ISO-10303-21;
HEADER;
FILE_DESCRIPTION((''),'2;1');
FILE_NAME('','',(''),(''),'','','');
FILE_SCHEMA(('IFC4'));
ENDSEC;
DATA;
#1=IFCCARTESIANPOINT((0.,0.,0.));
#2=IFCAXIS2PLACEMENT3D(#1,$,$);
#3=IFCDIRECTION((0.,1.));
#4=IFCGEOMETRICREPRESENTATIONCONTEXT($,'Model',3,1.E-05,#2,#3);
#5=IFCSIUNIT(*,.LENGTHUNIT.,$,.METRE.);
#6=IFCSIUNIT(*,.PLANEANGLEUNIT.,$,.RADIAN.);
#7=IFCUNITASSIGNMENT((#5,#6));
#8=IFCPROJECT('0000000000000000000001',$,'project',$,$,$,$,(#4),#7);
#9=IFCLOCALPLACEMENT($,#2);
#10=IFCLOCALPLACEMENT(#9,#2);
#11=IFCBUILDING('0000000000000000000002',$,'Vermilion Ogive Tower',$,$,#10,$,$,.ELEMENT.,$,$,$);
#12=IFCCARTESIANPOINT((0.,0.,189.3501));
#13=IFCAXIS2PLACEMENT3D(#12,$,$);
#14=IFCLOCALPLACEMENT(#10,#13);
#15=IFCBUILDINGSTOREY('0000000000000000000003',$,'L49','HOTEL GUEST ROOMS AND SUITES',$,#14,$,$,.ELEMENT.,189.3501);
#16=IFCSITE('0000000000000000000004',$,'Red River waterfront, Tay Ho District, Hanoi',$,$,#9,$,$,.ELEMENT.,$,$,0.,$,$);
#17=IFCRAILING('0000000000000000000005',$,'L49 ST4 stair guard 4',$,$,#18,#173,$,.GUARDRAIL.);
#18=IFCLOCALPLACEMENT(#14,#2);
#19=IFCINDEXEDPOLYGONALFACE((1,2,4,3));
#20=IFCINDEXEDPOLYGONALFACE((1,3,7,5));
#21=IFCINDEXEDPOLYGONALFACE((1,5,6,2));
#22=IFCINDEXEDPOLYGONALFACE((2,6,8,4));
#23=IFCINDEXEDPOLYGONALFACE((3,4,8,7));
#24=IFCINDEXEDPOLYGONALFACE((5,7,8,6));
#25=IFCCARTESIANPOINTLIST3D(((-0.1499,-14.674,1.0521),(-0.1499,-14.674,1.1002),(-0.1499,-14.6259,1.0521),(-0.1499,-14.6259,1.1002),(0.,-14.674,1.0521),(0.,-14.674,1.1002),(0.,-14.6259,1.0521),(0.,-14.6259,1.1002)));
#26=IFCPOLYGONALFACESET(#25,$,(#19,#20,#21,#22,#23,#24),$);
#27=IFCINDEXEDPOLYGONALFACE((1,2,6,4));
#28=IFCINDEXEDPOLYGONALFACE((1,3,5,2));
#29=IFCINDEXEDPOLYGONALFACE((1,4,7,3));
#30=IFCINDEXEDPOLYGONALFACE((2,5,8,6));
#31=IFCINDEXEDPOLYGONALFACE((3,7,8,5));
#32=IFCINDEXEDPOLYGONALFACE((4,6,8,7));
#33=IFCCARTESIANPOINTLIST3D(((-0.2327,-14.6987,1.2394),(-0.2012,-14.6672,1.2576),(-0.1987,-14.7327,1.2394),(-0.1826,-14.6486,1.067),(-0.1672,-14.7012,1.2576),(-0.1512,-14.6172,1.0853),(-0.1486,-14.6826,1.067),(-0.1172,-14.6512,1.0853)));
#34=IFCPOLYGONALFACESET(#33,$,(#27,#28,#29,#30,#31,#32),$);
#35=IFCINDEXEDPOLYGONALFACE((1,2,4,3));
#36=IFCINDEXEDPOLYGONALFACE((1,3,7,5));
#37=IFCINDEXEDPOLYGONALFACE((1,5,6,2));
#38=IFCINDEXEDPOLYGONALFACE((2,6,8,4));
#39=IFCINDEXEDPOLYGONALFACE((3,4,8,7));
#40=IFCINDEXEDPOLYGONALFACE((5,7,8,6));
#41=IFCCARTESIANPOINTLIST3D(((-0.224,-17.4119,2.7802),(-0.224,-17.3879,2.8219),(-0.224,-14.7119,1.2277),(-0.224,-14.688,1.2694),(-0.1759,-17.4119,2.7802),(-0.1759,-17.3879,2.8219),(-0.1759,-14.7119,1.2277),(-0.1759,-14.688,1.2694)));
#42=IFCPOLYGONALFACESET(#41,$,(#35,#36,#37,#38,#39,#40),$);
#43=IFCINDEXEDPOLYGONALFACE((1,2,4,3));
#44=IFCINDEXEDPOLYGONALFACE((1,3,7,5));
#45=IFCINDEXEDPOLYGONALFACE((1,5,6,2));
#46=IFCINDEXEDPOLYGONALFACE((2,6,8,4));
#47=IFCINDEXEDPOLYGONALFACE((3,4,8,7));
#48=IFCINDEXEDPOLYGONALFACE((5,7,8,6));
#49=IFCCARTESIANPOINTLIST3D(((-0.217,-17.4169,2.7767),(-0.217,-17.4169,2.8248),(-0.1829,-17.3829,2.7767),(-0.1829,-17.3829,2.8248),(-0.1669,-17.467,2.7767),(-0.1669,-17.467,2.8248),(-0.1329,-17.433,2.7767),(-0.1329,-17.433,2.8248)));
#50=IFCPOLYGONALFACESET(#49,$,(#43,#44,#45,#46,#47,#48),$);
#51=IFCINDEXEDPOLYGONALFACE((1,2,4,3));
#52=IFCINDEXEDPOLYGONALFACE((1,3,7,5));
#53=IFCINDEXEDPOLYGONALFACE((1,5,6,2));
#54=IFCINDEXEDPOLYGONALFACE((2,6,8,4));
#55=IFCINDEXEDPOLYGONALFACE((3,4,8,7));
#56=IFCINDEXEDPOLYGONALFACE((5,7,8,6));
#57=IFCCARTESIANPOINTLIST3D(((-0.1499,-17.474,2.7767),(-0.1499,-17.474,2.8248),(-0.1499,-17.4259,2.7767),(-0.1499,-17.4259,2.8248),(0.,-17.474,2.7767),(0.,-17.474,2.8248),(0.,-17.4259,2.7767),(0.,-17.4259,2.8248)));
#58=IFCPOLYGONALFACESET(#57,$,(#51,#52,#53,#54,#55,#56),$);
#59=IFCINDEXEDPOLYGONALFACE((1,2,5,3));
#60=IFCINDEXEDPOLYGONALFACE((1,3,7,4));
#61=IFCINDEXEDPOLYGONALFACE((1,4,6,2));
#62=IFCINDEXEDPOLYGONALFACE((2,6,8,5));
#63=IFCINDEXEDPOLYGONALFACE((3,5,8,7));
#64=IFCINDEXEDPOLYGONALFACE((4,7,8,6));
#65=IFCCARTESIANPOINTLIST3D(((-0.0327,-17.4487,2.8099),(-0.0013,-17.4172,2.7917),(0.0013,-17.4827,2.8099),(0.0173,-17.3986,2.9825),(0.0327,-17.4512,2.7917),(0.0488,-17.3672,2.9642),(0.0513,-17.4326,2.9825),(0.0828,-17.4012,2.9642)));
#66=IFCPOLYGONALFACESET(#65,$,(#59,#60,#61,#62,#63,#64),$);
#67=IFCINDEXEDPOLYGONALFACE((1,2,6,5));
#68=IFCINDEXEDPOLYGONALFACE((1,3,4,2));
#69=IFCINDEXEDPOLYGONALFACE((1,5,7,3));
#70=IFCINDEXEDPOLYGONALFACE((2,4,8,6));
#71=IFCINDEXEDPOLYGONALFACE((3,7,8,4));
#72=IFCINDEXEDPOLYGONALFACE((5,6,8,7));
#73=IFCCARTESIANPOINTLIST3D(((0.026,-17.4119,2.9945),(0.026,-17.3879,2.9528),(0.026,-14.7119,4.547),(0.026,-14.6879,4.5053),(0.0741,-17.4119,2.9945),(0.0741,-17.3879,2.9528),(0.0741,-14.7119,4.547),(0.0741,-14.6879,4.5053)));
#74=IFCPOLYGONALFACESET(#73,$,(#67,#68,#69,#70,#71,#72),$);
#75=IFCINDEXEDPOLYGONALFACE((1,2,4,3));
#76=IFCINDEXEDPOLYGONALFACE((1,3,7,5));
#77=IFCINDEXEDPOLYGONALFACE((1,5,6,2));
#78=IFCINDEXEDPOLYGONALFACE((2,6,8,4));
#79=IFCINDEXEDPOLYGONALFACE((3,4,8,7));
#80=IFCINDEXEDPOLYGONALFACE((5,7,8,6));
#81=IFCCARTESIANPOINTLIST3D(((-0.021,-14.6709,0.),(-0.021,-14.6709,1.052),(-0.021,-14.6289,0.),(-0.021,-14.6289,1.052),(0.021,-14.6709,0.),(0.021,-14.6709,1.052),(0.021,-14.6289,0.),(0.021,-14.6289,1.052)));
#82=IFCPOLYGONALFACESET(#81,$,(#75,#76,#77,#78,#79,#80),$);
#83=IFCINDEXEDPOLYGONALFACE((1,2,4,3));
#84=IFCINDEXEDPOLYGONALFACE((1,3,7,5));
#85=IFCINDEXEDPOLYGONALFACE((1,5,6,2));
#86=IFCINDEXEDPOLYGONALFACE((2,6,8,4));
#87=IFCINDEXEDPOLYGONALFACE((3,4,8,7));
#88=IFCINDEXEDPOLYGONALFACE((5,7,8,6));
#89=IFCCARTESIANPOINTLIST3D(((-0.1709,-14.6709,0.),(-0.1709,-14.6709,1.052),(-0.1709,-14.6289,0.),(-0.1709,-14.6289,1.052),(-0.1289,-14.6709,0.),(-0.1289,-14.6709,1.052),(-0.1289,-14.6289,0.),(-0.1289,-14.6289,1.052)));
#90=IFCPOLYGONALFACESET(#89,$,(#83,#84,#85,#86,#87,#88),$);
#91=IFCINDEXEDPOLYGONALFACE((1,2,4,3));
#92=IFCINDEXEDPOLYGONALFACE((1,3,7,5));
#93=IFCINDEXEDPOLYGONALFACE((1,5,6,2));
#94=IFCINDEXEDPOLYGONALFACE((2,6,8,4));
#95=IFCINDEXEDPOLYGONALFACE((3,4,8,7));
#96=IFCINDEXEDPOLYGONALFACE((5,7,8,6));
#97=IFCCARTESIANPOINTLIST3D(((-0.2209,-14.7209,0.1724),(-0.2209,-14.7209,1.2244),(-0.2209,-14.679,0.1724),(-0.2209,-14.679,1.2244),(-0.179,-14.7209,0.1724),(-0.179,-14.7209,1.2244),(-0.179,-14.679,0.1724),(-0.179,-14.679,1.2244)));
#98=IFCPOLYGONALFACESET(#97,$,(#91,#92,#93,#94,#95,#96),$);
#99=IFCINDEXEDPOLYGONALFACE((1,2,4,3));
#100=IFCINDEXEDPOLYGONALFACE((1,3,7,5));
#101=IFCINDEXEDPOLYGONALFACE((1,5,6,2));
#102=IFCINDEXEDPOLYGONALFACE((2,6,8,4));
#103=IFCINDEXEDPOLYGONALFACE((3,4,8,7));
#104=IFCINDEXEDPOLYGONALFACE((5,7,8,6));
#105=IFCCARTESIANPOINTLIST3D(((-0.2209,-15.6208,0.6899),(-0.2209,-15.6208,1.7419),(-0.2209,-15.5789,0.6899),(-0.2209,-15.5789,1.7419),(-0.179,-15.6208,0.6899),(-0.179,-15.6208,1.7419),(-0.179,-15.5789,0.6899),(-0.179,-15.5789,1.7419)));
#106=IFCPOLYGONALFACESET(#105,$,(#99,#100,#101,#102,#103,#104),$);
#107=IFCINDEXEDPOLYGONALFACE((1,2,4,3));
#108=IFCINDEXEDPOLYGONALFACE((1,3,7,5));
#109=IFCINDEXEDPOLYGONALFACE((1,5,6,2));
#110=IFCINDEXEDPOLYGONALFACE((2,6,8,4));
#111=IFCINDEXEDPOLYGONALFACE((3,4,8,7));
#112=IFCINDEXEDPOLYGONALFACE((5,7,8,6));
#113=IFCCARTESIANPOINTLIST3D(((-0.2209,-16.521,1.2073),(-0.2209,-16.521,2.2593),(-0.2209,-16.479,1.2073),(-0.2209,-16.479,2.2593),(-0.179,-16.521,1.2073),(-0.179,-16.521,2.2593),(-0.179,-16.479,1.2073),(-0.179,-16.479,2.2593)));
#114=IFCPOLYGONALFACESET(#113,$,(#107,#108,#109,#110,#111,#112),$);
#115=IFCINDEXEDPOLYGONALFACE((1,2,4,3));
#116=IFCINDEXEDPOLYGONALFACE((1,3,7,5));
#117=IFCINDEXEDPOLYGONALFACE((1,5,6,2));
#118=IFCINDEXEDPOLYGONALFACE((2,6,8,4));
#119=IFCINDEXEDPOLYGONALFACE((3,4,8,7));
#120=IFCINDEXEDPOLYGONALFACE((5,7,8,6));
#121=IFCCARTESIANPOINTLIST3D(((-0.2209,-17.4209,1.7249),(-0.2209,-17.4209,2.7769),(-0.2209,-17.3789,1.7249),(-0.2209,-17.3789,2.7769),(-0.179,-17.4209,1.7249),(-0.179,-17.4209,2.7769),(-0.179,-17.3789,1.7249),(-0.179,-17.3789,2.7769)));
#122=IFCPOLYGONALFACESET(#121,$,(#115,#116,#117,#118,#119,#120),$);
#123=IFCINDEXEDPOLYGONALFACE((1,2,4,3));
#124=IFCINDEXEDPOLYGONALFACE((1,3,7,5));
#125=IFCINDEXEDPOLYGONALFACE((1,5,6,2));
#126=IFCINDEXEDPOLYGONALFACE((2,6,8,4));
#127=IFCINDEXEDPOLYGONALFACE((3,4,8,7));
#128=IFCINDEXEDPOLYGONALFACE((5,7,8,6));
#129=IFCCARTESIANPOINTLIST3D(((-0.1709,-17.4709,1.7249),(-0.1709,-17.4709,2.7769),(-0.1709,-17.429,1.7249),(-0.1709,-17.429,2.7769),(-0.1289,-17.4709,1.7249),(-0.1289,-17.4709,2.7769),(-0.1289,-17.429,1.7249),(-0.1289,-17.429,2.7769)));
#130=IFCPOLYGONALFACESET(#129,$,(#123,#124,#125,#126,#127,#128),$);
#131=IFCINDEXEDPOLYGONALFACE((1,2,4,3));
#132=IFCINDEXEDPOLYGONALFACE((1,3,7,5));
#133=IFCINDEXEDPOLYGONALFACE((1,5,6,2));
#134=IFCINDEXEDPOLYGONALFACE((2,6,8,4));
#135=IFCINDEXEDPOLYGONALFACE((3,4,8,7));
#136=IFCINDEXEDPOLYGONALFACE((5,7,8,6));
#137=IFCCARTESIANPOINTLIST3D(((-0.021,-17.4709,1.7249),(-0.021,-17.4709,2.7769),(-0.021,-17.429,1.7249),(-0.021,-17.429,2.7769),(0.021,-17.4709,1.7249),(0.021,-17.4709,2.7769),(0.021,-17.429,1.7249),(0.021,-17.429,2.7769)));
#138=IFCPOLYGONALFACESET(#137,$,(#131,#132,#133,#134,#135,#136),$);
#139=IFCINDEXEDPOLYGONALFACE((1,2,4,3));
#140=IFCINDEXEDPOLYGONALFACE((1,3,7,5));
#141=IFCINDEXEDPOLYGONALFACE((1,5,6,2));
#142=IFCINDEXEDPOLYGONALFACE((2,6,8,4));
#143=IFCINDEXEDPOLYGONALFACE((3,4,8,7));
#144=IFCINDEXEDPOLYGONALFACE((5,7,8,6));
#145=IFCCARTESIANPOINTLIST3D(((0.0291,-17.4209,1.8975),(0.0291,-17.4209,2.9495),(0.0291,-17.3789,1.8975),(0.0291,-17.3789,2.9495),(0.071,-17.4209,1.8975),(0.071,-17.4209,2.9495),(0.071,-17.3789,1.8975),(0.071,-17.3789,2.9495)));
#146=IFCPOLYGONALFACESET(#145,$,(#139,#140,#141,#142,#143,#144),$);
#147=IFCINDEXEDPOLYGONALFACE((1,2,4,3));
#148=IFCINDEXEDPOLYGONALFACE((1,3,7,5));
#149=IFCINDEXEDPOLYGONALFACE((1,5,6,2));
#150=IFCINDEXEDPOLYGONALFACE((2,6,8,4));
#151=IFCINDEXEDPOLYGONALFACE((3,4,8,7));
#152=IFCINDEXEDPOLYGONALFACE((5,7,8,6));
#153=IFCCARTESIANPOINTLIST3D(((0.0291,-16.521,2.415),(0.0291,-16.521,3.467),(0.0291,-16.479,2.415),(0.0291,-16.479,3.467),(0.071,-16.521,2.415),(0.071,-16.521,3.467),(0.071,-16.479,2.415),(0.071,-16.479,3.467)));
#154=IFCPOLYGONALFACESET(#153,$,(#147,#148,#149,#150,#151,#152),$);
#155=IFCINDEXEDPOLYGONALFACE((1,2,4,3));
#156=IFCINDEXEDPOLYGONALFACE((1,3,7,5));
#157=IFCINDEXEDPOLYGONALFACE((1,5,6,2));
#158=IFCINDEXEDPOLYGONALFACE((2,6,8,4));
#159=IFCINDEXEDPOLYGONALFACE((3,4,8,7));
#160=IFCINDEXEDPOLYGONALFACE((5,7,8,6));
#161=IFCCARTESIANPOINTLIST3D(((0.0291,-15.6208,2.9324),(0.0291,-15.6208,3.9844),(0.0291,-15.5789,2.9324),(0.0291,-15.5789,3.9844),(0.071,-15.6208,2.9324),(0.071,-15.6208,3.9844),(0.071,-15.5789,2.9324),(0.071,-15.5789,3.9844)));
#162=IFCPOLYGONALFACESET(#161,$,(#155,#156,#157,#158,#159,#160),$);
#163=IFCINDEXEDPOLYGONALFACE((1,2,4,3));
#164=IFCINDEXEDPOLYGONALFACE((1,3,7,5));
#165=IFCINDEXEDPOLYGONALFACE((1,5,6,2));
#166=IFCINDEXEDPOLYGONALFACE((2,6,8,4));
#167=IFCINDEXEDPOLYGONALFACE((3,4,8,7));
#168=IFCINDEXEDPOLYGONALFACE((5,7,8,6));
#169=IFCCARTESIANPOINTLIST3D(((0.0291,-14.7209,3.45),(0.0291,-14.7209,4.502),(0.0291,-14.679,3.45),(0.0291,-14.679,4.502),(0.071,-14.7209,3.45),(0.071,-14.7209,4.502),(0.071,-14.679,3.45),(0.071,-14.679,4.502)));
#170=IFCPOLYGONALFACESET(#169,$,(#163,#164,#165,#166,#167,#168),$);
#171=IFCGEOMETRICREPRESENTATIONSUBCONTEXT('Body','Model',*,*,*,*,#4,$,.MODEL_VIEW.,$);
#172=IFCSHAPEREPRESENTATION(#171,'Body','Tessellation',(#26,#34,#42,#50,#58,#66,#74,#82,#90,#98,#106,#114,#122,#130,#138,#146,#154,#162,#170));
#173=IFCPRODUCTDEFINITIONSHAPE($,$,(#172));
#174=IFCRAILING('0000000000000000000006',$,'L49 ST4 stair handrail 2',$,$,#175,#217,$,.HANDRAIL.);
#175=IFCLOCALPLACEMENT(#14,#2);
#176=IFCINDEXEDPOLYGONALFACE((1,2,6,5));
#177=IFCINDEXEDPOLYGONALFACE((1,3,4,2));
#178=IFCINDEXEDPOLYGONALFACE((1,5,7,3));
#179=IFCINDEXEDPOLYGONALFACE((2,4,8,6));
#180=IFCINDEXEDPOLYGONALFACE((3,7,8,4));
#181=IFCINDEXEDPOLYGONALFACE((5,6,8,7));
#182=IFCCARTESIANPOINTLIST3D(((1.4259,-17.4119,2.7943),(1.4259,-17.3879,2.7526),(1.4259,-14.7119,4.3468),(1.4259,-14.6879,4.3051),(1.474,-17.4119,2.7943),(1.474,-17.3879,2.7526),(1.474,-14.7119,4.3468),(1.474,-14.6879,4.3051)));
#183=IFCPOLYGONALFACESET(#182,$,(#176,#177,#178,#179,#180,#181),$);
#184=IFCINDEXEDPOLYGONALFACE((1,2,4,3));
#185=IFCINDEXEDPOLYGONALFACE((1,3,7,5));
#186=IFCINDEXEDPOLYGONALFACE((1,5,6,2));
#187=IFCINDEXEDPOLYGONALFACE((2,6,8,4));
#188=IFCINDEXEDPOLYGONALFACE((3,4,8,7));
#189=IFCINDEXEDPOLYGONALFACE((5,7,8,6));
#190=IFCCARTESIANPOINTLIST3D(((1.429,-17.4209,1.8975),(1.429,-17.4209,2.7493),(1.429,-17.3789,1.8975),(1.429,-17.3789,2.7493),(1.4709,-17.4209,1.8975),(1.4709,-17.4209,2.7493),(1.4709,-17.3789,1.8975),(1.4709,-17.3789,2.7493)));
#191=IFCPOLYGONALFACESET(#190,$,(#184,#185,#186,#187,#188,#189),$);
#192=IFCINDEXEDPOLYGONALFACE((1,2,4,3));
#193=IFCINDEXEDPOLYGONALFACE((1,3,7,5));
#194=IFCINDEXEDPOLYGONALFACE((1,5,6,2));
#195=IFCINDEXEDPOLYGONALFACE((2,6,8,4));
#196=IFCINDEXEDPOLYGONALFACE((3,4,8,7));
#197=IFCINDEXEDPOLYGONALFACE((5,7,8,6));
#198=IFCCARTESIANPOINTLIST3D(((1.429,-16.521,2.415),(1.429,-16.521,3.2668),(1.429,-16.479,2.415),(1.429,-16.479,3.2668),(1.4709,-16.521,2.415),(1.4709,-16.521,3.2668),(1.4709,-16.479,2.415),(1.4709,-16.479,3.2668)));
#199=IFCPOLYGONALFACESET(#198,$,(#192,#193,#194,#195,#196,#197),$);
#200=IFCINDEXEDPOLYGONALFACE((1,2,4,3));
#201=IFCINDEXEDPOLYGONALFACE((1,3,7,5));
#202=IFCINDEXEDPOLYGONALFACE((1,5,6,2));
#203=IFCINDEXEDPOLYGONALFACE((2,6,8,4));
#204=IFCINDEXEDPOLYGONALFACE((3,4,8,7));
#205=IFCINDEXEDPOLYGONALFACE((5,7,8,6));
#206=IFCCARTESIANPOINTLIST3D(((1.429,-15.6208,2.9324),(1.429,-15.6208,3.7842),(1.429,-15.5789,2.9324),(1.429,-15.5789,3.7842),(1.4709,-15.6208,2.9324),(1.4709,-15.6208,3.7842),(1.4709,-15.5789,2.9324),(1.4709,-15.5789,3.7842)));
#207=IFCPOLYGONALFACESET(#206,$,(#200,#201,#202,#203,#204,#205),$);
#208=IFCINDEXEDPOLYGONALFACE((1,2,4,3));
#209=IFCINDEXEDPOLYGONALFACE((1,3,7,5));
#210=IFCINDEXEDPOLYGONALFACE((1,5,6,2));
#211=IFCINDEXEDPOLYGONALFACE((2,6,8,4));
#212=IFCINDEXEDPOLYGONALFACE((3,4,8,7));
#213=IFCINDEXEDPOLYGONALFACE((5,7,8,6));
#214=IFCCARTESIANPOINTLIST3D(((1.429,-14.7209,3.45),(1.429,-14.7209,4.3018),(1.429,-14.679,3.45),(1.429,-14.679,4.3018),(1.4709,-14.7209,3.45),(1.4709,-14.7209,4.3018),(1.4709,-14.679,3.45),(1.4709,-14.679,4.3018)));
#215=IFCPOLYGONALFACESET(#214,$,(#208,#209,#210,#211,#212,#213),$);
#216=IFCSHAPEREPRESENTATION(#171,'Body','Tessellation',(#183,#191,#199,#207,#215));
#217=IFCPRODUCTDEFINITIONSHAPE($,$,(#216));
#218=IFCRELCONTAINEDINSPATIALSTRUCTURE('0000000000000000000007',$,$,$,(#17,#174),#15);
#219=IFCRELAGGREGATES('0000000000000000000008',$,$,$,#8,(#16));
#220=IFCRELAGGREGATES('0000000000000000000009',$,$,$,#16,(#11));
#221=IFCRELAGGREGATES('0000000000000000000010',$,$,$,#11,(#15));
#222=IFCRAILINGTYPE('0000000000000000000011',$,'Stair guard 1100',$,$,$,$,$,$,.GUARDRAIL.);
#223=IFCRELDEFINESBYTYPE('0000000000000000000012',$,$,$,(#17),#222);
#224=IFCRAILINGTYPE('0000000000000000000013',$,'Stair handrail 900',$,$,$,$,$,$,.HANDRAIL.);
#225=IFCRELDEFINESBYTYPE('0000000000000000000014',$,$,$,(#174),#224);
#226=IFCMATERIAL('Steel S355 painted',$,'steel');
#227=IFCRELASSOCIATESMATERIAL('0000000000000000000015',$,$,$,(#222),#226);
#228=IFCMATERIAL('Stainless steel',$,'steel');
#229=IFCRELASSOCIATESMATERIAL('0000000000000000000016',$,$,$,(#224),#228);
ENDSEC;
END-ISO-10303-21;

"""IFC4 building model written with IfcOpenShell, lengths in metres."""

from ifc_helpers import new_model, si_unit, direction, frame, origin, origin_2d, place, context, subcontext, project, spatial, rectangle, extrude, material, type_object, element, save


model = new_model("IFC4")

# Units and contexts
model_context = context("Model", 3, precision=1e-05, world=origin(), true_north=direction((0.0, 1.0)))
body_context = subcontext(model_context, "Body", "Model", "MODEL_VIEW")
ifc_project = project(units=[si_unit("LENGTHUNIT", "METRE"), si_unit("PLANEANGLEUNIT", "RADIAN")], contexts=[model_context])

# Site, building, storey
site_placement = place(None, origin())
site = spatial("IfcSite", under=ifc_project, at=site_placement, Name="Red River waterfront, Tay Ho District, Hanoi", CompositionType="ELEMENT", RefElevation=0.0)
building_placement = place(site_placement, origin())
building = spatial("IfcBuilding", under=site, at=building_placement, Name="Vermilion Ogive Tower", CompositionType="ELEMENT")
storey_placement = place(building_placement, frame((0.0, 0.0, 189.3501)))
storey = spatial("IfcBuildingStorey", under=building, at=storey_placement, Name="L49", Description="HOTEL GUEST ROOMS AND SUITES", CompositionType="ELEMENT", Elevation=189.3501)

# Railings
ifc_material_1 = material(Name="Steel S355 painted", Category="steel")
railing_type_1 = type_object("IfcRailingType", Name="Stair guard 1100", PredefinedType="GUARDRAIL", material=ifc_material_1)
railing_1_placement = place(storey_placement, frame((0.0, -14.6499, 0.0)))
element("IfcRailing", 1, at=railing_1_placement, inside=storey, type_object=railing_type_1, Name="L49 ST4 stair guard 4", PredefinedType="GUARDRAIL", context=body_context, shape_type="SweptSolid", body=[
    extrude(rectangle(XDim=0.0481, YDim=0.0481, at=origin_2d()), frame((0.0, 0.0, 1.0762), z_axis=(-1.0, 0.0, 0.0), x_axis=(0.0, -1.0, 0.0)), (0.0, 0.0, 1.0), 0.1499),
    extrude(rectangle(XDim=0.0481, YDim=0.0481, at=origin_2d()), frame((-0.1499, 0.0, 1.0762), z_axis=(-0.268603, -0.268603, 0.925043), x_axis=(0.707107, -0.707107, 0.0)), (0.0, 0.0, 1.0), 0.1863),
    extrude(rectangle(XDim=0.0481, YDim=0.0481, at=origin_2d()), frame((-0.2, -0.05, 1.2485), z_axis=(0.0, -0.866904, 0.498476), x_axis=(1.0, 0.0, 0.0)), (0.0, 0.0, 1.0), 3.1145),
    extrude(rectangle(XDim=0.0481, YDim=0.0481, at=origin_2d()), frame((-0.2, -2.75, 2.8008), z_axis=(0.707107, -0.707107, 0.0), x_axis=(0.707107, 0.707107, 0.0)), (0.0, 0.0, 1.0), 0.0708),
    extrude(rectangle(XDim=0.0481, YDim=0.0481, at=origin_2d()), frame((-0.1499, -2.8, 2.8008), z_axis=(1.0, 0.0, 0.0), x_axis=(0.0, 1.0, 0.0)), (0.0, 0.0, 1.0), 0.1499),
    extrude(rectangle(XDim=0.0481, YDim=0.0481, at=origin_2d()), frame((0.0, -2.8, 2.8008), z_axis=(0.268278, 0.268278, 0.925232), x_axis=(-0.707107, 0.707107, 0.0)), (0.0, 0.0, 1.0), 0.1865),
    extrude(rectangle(XDim=0.0481, YDim=0.0481, at=origin_2d()), frame((0.05, -2.75, 2.9736), z_axis=(0.0, 0.866904, 0.498476), x_axis=(-1.0, 0.0, 0.0)), (0.0, 0.0, 1.0), 3.1145),
    extrude(rectangle(XDim=0.042, YDim=0.042, at=origin_2d()), origin(), (0.0, 0.0, 1.0), 1.052),
    extrude(rectangle(XDim=0.042, YDim=0.042, at=origin_2d()), frame((-0.1499, 0.0, 0.0)), (0.0, 0.0, 1.0), 1.052),
    extrude(rectangle(XDim=0.042, YDim=0.042, at=origin_2d()), frame((-0.2, -0.05, 0.1724)), (0.0, 0.0, 1.0), 1.052),
    extrude(rectangle(XDim=0.042, YDim=0.042, at=origin_2d()), frame((-0.2, -0.95, 0.6899)), (0.0, 0.0, 1.0), 1.052),
    extrude(rectangle(XDim=0.042, YDim=0.042, at=origin_2d()), frame((-0.2, -1.8501, 1.2073)), (0.0, 0.0, 1.0), 1.052),
    extrude(rectangle(XDim=0.042, YDim=0.042, at=origin_2d()), frame((-0.2, -2.75, 1.7249)), (0.0, 0.0, 1.0), 1.052),
    extrude(rectangle(XDim=0.042, YDim=0.042, at=origin_2d()), frame((-0.1499, -2.8, 1.7249)), (0.0, 0.0, 1.0), 1.052),
    extrude(rectangle(XDim=0.042, YDim=0.042, at=origin_2d()), frame((0.0, -2.8, 1.7249)), (0.0, 0.0, 1.0), 1.052),
    extrude(rectangle(XDim=0.042, YDim=0.042, at=origin_2d()), frame((0.05, -2.75, 1.8975)), (0.0, 0.0, 1.0), 1.052),
    extrude(rectangle(XDim=0.042, YDim=0.042, at=origin_2d()), frame((0.05, -1.8501, 2.415)), (0.0, 0.0, 1.0), 1.052),
    extrude(rectangle(XDim=0.042, YDim=0.042, at=origin_2d()), frame((0.05, -0.95, 2.9324)), (0.0, 0.0, 1.0), 1.052),
    extrude(rectangle(XDim=0.042, YDim=0.042, at=origin_2d()), frame((0.05, -0.05, 3.45)), (0.0, 0.0, 1.0), 1.052),
])
ifc_material_2 = material(Name="Stainless steel", Category="steel")
railing_type_2 = type_object("IfcRailingType", Name="Stair handrail 900", PredefinedType="HANDRAIL", material=ifc_material_2)
railing_2_placement = place(storey_placement, frame((1.45, -17.3999, 1.8975)))
element("IfcRailing", 2, at=railing_2_placement, inside=storey, type_object=railing_type_2, Name="L49 ST4 stair handrail 2", PredefinedType="HANDRAIL", context=body_context, shape_type="SweptSolid", body=[
    extrude(rectangle(XDim=0.0481, YDim=0.0481, at=origin_2d()), frame((0.0, 0.0, 0.876), z_axis=(0.0, 0.866904, 0.498476), x_axis=(-1.0, 0.0, 0.0)), (0.0, 0.0, 1.0), 3.1145),
    extrude(rectangle(XDim=0.042, YDim=0.042, at=origin_2d()), origin(), (0.0, 0.0, 1.0), 0.8518),
    extrude(rectangle(XDim=0.042, YDim=0.042, at=origin_2d()), frame((0.0, 0.8999, 0.5176)), (0.0, 0.0, 1.0), 0.8518),
    extrude(rectangle(XDim=0.042, YDim=0.042, at=origin_2d()), frame((0.0, 1.8, 1.0349)), (0.0, 0.0, 1.0), 0.8518),
    extrude(rectangle(XDim=0.042, YDim=0.042, at=origin_2d()), frame((0.0, 2.7, 1.5525)), (0.0, 0.0, 1.0), 0.8518),
])

save(model, "model.ifc")
